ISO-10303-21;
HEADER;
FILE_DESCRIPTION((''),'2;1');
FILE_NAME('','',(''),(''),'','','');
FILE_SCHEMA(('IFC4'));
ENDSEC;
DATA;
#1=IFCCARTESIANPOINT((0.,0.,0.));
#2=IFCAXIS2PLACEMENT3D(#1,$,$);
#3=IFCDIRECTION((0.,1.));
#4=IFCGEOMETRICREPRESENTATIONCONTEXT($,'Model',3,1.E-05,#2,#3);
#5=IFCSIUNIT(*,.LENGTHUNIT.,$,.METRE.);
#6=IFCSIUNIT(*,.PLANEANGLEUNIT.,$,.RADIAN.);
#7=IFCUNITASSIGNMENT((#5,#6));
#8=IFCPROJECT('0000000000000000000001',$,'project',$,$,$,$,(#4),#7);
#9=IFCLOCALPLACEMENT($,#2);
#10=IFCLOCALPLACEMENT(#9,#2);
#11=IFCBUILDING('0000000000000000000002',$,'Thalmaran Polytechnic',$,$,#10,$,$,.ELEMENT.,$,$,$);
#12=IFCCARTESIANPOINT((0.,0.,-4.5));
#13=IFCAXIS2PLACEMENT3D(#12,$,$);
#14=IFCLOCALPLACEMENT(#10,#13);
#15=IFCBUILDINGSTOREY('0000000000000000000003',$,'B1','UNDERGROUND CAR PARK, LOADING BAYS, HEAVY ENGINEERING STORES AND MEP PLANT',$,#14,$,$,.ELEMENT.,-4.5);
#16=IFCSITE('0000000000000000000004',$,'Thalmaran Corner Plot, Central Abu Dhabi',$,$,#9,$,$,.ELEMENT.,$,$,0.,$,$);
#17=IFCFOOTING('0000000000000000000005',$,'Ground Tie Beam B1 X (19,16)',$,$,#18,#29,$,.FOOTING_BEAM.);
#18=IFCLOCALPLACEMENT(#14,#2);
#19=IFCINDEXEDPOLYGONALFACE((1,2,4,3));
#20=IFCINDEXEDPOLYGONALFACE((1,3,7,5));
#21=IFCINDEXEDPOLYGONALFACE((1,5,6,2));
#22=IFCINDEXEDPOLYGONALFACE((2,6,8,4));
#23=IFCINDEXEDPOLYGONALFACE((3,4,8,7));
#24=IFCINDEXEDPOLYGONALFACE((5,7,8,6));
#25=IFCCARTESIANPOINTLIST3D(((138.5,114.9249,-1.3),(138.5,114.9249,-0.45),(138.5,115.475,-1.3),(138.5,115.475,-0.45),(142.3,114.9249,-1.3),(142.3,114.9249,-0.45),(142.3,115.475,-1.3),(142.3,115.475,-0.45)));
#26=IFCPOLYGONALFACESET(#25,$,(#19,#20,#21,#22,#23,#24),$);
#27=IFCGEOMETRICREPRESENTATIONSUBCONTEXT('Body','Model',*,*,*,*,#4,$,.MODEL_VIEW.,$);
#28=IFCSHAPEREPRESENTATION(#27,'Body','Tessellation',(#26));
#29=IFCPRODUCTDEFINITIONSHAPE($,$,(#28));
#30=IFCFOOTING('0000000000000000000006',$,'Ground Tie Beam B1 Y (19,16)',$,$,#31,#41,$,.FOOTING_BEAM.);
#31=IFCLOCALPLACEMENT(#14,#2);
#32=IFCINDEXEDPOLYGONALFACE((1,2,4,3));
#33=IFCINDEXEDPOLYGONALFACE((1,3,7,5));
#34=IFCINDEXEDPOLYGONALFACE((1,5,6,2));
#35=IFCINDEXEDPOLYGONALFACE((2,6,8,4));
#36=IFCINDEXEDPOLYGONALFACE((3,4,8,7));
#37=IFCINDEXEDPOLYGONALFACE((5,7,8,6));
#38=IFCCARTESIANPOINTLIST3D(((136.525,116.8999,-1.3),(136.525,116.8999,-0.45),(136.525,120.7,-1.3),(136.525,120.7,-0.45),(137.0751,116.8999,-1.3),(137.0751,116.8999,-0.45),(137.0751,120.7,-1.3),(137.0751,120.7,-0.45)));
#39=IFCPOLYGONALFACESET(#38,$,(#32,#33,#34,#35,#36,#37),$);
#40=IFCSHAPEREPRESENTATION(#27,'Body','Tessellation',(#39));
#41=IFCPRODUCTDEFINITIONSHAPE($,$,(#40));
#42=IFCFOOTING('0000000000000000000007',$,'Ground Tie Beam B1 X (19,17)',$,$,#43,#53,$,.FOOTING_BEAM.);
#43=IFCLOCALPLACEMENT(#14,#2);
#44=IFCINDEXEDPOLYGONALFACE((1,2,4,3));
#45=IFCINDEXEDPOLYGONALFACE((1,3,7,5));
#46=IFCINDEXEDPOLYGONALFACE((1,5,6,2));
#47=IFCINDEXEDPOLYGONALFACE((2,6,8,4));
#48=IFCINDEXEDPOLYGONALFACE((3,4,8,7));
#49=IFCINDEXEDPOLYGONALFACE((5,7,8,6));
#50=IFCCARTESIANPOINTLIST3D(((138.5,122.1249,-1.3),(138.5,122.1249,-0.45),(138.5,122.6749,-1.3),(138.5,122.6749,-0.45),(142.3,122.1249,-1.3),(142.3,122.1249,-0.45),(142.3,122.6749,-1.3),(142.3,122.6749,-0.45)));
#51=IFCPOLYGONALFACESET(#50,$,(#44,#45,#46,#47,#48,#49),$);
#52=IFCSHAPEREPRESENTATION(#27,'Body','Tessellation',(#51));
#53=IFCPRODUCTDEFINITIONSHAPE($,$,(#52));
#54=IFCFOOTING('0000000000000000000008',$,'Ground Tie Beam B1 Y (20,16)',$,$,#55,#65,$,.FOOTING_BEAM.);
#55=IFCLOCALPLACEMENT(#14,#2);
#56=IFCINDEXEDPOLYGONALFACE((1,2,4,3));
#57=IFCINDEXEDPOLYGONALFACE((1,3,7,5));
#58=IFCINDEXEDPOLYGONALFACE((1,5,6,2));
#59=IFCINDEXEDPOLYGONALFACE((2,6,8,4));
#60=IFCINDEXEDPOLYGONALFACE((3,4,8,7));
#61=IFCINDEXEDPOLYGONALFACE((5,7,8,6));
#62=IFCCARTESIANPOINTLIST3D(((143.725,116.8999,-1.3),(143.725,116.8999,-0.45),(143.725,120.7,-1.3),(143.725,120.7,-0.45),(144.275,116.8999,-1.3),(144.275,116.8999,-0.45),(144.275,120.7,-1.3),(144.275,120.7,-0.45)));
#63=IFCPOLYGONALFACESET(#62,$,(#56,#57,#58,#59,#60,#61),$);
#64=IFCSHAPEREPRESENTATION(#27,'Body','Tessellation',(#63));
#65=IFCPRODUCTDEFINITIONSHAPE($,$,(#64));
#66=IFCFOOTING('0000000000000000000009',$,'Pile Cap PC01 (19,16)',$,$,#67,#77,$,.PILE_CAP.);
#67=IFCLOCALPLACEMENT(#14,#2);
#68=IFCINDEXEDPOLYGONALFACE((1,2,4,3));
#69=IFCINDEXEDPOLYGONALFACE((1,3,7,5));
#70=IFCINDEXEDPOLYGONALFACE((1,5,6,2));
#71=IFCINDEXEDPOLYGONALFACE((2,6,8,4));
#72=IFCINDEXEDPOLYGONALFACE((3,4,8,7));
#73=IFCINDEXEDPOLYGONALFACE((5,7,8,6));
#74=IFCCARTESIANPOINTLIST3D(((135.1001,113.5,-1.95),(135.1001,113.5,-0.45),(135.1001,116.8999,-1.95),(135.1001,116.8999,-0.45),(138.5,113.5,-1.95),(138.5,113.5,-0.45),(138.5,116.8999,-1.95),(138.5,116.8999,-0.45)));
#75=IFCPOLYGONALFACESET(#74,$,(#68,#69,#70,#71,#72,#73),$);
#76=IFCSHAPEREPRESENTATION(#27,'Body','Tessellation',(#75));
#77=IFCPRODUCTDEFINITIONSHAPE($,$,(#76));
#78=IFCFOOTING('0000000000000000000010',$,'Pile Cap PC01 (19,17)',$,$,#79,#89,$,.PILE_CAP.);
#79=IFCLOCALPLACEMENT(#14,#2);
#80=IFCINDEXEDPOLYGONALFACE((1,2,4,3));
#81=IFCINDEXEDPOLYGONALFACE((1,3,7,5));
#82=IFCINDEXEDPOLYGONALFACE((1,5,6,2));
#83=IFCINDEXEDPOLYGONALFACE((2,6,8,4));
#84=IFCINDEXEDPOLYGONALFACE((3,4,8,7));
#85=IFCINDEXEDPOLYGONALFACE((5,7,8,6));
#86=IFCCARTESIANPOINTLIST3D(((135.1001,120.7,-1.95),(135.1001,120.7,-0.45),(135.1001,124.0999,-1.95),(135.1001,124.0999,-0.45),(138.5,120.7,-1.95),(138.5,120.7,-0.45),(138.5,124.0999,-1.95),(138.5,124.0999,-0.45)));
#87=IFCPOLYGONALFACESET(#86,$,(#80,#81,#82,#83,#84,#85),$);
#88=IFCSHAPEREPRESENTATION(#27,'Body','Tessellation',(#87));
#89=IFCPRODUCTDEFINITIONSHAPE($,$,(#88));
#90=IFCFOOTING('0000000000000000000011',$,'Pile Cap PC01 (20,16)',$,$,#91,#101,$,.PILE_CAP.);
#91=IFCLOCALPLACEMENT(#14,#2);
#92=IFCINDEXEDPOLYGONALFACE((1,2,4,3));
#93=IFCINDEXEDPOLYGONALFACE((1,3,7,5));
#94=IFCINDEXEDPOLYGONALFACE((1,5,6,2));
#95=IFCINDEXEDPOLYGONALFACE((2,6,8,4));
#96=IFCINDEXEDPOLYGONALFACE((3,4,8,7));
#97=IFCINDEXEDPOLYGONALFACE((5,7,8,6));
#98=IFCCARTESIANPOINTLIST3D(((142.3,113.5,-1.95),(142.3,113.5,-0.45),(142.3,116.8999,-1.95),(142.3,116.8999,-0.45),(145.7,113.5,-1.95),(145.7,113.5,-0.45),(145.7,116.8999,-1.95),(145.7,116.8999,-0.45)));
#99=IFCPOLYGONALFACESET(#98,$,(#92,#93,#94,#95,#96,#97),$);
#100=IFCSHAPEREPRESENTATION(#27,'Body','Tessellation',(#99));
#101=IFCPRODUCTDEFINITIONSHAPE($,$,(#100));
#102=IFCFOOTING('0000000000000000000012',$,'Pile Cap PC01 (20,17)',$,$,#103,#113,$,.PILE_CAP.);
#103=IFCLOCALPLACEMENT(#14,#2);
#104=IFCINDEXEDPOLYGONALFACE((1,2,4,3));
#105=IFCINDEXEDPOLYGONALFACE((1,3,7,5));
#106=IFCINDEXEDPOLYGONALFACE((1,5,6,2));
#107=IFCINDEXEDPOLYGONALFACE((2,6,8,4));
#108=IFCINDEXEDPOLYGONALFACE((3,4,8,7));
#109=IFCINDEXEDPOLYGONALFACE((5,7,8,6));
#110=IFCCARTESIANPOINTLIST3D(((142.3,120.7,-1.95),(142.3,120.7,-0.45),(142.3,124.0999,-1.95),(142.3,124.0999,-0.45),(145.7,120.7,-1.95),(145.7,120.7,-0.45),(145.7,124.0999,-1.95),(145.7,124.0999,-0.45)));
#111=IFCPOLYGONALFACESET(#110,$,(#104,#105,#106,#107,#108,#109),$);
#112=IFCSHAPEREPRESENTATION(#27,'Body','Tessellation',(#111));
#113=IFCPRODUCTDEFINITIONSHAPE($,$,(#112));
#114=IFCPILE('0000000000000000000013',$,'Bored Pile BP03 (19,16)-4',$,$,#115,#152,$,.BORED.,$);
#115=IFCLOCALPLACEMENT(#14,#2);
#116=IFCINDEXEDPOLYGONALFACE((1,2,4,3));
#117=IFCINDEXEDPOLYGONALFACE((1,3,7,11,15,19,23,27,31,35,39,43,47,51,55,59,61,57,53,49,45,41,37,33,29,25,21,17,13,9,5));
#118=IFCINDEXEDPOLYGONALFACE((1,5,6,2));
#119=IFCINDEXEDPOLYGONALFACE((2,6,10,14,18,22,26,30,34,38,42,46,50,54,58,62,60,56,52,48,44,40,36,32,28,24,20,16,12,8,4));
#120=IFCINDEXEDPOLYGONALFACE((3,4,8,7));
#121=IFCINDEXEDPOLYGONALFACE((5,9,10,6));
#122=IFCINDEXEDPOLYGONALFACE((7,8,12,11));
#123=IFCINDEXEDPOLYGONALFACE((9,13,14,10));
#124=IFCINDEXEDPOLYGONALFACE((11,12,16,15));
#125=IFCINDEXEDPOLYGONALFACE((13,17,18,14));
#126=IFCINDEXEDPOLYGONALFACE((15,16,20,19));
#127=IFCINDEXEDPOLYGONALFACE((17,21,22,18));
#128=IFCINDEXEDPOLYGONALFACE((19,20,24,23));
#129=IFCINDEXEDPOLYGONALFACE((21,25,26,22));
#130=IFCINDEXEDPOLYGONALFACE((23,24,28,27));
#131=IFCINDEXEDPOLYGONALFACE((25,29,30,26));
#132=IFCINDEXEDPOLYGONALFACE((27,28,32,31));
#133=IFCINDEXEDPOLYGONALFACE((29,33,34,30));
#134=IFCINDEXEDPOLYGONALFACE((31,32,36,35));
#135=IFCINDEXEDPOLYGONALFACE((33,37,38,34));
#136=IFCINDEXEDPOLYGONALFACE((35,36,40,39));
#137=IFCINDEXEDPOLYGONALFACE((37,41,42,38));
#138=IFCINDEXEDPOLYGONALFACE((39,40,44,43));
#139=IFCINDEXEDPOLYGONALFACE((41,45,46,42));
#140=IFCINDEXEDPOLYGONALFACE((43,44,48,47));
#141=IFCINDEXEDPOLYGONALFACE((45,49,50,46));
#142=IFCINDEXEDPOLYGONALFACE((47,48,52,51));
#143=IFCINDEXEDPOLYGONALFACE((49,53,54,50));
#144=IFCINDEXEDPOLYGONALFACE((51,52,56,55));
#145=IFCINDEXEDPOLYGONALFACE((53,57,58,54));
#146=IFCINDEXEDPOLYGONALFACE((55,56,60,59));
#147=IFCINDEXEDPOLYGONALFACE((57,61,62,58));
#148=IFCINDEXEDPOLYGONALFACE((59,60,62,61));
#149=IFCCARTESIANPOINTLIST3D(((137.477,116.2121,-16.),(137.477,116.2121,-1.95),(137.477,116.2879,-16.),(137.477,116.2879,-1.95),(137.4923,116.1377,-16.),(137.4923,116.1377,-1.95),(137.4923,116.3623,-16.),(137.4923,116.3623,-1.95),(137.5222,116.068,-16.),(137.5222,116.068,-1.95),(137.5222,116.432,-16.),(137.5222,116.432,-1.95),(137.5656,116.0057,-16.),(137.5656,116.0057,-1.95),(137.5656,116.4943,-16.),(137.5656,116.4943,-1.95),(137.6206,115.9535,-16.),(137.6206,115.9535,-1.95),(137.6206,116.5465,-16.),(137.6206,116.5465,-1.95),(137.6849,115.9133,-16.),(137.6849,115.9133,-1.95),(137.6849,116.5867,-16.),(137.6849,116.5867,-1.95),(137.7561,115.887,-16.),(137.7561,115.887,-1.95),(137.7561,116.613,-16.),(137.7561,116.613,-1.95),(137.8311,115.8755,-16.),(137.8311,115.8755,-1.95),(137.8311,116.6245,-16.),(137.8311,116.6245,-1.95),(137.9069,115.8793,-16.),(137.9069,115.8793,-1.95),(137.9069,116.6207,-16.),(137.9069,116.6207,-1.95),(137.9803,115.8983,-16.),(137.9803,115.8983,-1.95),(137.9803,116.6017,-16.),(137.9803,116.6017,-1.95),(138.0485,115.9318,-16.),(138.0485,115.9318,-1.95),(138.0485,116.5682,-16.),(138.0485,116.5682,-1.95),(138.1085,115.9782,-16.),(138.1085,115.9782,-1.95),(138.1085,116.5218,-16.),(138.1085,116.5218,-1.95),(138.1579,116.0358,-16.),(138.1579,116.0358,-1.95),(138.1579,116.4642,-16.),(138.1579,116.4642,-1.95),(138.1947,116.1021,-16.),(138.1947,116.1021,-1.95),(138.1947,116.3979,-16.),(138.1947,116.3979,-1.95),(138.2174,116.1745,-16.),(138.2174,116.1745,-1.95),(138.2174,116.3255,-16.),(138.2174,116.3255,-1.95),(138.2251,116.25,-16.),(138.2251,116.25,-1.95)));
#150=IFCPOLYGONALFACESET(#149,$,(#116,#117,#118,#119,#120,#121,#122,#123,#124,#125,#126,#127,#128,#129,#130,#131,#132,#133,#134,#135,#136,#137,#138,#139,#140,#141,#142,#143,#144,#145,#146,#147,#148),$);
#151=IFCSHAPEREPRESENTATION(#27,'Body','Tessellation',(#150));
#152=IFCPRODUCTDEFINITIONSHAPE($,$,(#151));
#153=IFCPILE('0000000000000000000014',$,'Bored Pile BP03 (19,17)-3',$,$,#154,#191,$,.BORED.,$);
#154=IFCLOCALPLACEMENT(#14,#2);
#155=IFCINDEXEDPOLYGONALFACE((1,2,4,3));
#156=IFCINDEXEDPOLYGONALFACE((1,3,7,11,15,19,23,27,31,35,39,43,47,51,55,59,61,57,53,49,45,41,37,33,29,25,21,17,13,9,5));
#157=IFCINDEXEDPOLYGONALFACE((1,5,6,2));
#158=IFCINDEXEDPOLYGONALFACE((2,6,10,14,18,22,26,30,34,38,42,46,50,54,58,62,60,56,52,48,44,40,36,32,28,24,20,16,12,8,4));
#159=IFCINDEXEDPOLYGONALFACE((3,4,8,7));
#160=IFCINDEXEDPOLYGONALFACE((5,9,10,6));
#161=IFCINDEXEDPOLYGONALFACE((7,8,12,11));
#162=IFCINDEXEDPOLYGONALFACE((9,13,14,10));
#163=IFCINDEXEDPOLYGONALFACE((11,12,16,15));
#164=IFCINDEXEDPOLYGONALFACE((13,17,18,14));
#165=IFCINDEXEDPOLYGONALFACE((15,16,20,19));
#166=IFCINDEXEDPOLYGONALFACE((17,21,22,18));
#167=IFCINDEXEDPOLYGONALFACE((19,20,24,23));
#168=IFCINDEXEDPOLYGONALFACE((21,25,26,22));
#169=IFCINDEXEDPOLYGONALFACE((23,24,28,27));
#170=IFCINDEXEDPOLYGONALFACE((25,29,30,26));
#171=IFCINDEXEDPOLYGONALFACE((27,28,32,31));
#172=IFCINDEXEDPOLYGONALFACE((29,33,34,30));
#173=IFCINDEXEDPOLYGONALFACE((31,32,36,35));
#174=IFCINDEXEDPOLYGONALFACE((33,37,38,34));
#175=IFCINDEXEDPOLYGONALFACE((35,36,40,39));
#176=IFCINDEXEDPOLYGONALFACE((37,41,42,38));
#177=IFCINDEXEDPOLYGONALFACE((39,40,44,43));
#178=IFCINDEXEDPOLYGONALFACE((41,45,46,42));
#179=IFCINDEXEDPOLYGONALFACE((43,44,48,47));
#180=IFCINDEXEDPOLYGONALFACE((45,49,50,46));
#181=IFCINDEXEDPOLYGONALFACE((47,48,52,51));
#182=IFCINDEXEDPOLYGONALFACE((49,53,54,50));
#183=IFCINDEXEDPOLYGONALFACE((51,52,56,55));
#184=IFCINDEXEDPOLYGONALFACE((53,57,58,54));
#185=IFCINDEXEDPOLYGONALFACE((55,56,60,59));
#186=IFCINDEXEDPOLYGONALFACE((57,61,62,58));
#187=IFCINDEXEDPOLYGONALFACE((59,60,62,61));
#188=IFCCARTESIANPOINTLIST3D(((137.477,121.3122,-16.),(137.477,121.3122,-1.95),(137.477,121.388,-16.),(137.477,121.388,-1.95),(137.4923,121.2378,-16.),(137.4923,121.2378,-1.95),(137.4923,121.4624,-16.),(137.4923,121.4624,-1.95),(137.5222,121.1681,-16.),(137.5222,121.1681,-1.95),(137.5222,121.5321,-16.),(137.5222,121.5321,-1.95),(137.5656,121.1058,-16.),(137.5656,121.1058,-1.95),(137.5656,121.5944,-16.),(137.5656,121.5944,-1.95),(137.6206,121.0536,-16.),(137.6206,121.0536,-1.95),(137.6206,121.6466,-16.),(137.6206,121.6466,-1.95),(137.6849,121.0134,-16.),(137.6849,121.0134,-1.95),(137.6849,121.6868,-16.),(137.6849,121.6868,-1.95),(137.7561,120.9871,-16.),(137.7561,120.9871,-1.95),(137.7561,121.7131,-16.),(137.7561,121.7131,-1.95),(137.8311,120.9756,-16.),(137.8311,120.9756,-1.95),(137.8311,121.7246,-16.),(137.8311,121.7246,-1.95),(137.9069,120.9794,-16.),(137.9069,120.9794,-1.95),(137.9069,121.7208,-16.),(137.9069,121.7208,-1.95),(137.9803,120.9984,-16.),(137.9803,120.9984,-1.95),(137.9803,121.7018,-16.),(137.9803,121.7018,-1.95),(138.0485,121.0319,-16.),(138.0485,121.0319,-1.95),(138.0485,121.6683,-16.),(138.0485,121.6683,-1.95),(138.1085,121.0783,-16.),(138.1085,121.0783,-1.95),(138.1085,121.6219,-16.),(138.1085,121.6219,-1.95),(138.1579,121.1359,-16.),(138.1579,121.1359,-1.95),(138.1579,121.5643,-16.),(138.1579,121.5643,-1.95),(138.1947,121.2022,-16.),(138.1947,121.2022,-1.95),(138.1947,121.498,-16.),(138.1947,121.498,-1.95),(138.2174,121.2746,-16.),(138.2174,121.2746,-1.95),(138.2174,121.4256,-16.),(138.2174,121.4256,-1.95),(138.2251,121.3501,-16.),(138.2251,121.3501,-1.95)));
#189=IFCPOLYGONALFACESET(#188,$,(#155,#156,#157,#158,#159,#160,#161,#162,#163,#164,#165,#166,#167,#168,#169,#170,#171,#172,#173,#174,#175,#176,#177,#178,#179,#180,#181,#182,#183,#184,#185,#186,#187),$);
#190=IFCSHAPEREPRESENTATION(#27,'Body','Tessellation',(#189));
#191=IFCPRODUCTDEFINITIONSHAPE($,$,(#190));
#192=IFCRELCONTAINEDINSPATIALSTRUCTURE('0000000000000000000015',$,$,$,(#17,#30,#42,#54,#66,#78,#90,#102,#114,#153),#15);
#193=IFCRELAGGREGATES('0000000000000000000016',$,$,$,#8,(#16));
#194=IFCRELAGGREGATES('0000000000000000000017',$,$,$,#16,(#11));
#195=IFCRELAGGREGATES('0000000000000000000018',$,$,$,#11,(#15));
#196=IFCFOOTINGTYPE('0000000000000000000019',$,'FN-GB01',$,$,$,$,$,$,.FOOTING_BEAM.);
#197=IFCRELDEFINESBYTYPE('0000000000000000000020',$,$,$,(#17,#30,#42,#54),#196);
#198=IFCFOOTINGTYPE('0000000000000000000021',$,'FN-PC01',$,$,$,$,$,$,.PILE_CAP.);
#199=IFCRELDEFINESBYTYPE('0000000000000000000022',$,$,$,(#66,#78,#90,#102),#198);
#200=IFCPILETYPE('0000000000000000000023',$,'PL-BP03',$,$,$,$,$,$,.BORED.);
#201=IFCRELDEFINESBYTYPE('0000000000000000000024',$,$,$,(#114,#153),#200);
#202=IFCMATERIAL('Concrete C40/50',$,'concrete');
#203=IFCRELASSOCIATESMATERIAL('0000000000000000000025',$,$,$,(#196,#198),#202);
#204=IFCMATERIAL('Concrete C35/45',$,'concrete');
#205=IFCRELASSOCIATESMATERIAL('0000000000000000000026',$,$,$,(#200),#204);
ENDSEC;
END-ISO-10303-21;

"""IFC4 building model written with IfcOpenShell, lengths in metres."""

from ifc_helpers import new_model, si_unit, direction, frame, origin, origin_2d, place, context, subcontext, project, spatial, rectangle, circle, extrude, material, material_profile, profile_set, type_object, element, save


model = new_model("IFC4")

# Units and contexts
model_context = context("Model", 3, precision=1e-05, world=origin(), true_north=direction((0.0, 1.0)))
body_context = subcontext(model_context, "Body", "Model", "MODEL_VIEW")
ifc_project = project(units=[si_unit("LENGTHUNIT", "METRE"), si_unit("PLANEANGLEUNIT", "RADIAN")], contexts=[model_context])

# Site, building, storey
site_placement = place(None, origin())
site = spatial("IfcSite", under=ifc_project, at=site_placement, Name="Thalmaran Corner Plot, Central Abu Dhabi", CompositionType="ELEMENT", RefElevation=0.0)
building_placement = place(site_placement, origin())
building = spatial("IfcBuilding", under=site, at=building_placement, Name="Thalmaran Polytechnic", CompositionType="ELEMENT")
storey_placement = place(building_placement, frame((0.0, 0.0, -4.5)))
storey = spatial("IfcBuildingStorey", under=building, at=storey_placement, Name="B1", Description="UNDERGROUND CAR PARK, LOADING BAYS, HEAVY ENGINEERING STORES AND MEP PLANT", CompositionType="ELEMENT", Elevation=-4.5)

# Footings
ifc_material_1 = material(Name="Concrete C40/50", Category="concrete")
ifc_material_profile_1 = material_profile(ifc_material_1, rectangle(XDim=0.55, YDim=0.8501, at=origin_2d()), Name="RC 550x850")
ifc_profile_set_1 = profile_set([ifc_material_profile_1], Name="Concrete C40/50")
footing_type_1 = type_object("IfcFootingType", Name="FN-GB01", PredefinedType="FOOTING_BEAM", material=ifc_profile_set_1)
for number, where, z_axis, x_axis, name in (
    (1, (138.5, 115.2, -0.875), (1.0, 0.0, 0.0), (0.0, 1.0, 0.0), "Ground Tie Beam B1 X (19,16)"),
    (2, (136.8, 116.8999, -0.875), (0.0, 1.0, 0.0), (-1.0, 0.0, 0.0), "Ground Tie Beam B1 Y (19,16)"),
    (3, (138.5, 122.3999, -0.875), (1.0, 0.0, 0.0), (0.0, 1.0, 0.0), "Ground Tie Beam B1 X (19,17)"),
    (4, (144.0, 116.8999, -0.875), (0.0, 1.0, 0.0), (-1.0, 0.0, 0.0), "Ground Tie Beam B1 Y (20,16)"),
):
    element("IfcFooting", number, at=place(storey_placement, frame(where, z_axis=z_axis, x_axis=x_axis)), inside=storey, type_object=footing_type_1, Name=name, PredefinedType="FOOTING_BEAM", context=body_context, shape_type="SweptSolid", body=[
        extrude(rectangle(XDim=0.55, YDim=0.8501, at=origin_2d()), origin(), (0.0, 0.0, 1.0), 3.8),
    ])
footing_type_2 = type_object("IfcFootingType", Name="FN-PC01", PredefinedType="PILE_CAP", material=ifc_material_1)
for number, where, z_axis, x_axis, name in (
    (5, (136.8, 115.2, -1.95), (0.0, 0.0, 1.0), (1.0, 0.0, 0.0), "Pile Cap PC01 (19,16)"),
    (6, (136.8, 122.3999, -1.95), (0.0, 0.0, 1.0), (1.0, 0.0, 0.0), "Pile Cap PC01 (19,17)"),
    (7, (144.0, 115.2, -1.95), (0.0, 0.0, 1.0), (1.0, 0.0, 0.0), "Pile Cap PC01 (20,16)"),
    (8, (144.0, 122.3999, -1.95), (0.0, 0.0, 1.0), (1.0, 0.0, 0.0), "Pile Cap PC01 (20,17)"),
):
    element("IfcFooting", number, at=place(storey_placement, frame(where, z_axis=z_axis, x_axis=x_axis)), inside=storey, type_object=footing_type_2, Name=name, PredefinedType="PILE_CAP", context=body_context, shape_type="SweptSolid", body=[
        extrude(rectangle(XDim=3.3999, YDim=3.3999, at=origin_2d()), origin(), (0.0, 0.0, 1.0), 1.5),
    ])

# Piles
ifc_material_2 = material(Name="Concrete C35/45", Category="concrete")
ifc_material_profile_2 = material_profile(ifc_material_2, circle(Radius=0.375, at=origin_2d()), Name="RC 750 DIA")
ifc_profile_set_2 = profile_set([ifc_material_profile_2], Name="Concrete C35/45")
pile_type = type_object("IfcPileType", Name="PL-BP03", PredefinedType="BORED", material=ifc_profile_set_2)
for number, where, z_axis, x_axis, name in (
    (9, (137.8501, 116.25, -1.95), (0.0, 0.0, -1.0), (1.0, 0.0, 0.0), "Bored Pile BP03 (19,16)-4"),
    (10, (137.8501, 121.3501, -1.95), (0.0, 0.0, -1.0), (1.0, 0.0, 0.0), "Bored Pile BP03 (19,17)-3"),
):
    element("IfcPile", number, at=place(storey_placement, frame(where, z_axis=z_axis, x_axis=x_axis)), inside=storey, type_object=pile_type, Name=name, PredefinedType="BORED", context=body_context, shape_type="SweptSolid", body=[
        extrude(circle(Radius=0.375, at=origin_2d()), origin(), (0.0, 0.0, 1.0), 14.05),
    ])

save(model, "model.ifc")
